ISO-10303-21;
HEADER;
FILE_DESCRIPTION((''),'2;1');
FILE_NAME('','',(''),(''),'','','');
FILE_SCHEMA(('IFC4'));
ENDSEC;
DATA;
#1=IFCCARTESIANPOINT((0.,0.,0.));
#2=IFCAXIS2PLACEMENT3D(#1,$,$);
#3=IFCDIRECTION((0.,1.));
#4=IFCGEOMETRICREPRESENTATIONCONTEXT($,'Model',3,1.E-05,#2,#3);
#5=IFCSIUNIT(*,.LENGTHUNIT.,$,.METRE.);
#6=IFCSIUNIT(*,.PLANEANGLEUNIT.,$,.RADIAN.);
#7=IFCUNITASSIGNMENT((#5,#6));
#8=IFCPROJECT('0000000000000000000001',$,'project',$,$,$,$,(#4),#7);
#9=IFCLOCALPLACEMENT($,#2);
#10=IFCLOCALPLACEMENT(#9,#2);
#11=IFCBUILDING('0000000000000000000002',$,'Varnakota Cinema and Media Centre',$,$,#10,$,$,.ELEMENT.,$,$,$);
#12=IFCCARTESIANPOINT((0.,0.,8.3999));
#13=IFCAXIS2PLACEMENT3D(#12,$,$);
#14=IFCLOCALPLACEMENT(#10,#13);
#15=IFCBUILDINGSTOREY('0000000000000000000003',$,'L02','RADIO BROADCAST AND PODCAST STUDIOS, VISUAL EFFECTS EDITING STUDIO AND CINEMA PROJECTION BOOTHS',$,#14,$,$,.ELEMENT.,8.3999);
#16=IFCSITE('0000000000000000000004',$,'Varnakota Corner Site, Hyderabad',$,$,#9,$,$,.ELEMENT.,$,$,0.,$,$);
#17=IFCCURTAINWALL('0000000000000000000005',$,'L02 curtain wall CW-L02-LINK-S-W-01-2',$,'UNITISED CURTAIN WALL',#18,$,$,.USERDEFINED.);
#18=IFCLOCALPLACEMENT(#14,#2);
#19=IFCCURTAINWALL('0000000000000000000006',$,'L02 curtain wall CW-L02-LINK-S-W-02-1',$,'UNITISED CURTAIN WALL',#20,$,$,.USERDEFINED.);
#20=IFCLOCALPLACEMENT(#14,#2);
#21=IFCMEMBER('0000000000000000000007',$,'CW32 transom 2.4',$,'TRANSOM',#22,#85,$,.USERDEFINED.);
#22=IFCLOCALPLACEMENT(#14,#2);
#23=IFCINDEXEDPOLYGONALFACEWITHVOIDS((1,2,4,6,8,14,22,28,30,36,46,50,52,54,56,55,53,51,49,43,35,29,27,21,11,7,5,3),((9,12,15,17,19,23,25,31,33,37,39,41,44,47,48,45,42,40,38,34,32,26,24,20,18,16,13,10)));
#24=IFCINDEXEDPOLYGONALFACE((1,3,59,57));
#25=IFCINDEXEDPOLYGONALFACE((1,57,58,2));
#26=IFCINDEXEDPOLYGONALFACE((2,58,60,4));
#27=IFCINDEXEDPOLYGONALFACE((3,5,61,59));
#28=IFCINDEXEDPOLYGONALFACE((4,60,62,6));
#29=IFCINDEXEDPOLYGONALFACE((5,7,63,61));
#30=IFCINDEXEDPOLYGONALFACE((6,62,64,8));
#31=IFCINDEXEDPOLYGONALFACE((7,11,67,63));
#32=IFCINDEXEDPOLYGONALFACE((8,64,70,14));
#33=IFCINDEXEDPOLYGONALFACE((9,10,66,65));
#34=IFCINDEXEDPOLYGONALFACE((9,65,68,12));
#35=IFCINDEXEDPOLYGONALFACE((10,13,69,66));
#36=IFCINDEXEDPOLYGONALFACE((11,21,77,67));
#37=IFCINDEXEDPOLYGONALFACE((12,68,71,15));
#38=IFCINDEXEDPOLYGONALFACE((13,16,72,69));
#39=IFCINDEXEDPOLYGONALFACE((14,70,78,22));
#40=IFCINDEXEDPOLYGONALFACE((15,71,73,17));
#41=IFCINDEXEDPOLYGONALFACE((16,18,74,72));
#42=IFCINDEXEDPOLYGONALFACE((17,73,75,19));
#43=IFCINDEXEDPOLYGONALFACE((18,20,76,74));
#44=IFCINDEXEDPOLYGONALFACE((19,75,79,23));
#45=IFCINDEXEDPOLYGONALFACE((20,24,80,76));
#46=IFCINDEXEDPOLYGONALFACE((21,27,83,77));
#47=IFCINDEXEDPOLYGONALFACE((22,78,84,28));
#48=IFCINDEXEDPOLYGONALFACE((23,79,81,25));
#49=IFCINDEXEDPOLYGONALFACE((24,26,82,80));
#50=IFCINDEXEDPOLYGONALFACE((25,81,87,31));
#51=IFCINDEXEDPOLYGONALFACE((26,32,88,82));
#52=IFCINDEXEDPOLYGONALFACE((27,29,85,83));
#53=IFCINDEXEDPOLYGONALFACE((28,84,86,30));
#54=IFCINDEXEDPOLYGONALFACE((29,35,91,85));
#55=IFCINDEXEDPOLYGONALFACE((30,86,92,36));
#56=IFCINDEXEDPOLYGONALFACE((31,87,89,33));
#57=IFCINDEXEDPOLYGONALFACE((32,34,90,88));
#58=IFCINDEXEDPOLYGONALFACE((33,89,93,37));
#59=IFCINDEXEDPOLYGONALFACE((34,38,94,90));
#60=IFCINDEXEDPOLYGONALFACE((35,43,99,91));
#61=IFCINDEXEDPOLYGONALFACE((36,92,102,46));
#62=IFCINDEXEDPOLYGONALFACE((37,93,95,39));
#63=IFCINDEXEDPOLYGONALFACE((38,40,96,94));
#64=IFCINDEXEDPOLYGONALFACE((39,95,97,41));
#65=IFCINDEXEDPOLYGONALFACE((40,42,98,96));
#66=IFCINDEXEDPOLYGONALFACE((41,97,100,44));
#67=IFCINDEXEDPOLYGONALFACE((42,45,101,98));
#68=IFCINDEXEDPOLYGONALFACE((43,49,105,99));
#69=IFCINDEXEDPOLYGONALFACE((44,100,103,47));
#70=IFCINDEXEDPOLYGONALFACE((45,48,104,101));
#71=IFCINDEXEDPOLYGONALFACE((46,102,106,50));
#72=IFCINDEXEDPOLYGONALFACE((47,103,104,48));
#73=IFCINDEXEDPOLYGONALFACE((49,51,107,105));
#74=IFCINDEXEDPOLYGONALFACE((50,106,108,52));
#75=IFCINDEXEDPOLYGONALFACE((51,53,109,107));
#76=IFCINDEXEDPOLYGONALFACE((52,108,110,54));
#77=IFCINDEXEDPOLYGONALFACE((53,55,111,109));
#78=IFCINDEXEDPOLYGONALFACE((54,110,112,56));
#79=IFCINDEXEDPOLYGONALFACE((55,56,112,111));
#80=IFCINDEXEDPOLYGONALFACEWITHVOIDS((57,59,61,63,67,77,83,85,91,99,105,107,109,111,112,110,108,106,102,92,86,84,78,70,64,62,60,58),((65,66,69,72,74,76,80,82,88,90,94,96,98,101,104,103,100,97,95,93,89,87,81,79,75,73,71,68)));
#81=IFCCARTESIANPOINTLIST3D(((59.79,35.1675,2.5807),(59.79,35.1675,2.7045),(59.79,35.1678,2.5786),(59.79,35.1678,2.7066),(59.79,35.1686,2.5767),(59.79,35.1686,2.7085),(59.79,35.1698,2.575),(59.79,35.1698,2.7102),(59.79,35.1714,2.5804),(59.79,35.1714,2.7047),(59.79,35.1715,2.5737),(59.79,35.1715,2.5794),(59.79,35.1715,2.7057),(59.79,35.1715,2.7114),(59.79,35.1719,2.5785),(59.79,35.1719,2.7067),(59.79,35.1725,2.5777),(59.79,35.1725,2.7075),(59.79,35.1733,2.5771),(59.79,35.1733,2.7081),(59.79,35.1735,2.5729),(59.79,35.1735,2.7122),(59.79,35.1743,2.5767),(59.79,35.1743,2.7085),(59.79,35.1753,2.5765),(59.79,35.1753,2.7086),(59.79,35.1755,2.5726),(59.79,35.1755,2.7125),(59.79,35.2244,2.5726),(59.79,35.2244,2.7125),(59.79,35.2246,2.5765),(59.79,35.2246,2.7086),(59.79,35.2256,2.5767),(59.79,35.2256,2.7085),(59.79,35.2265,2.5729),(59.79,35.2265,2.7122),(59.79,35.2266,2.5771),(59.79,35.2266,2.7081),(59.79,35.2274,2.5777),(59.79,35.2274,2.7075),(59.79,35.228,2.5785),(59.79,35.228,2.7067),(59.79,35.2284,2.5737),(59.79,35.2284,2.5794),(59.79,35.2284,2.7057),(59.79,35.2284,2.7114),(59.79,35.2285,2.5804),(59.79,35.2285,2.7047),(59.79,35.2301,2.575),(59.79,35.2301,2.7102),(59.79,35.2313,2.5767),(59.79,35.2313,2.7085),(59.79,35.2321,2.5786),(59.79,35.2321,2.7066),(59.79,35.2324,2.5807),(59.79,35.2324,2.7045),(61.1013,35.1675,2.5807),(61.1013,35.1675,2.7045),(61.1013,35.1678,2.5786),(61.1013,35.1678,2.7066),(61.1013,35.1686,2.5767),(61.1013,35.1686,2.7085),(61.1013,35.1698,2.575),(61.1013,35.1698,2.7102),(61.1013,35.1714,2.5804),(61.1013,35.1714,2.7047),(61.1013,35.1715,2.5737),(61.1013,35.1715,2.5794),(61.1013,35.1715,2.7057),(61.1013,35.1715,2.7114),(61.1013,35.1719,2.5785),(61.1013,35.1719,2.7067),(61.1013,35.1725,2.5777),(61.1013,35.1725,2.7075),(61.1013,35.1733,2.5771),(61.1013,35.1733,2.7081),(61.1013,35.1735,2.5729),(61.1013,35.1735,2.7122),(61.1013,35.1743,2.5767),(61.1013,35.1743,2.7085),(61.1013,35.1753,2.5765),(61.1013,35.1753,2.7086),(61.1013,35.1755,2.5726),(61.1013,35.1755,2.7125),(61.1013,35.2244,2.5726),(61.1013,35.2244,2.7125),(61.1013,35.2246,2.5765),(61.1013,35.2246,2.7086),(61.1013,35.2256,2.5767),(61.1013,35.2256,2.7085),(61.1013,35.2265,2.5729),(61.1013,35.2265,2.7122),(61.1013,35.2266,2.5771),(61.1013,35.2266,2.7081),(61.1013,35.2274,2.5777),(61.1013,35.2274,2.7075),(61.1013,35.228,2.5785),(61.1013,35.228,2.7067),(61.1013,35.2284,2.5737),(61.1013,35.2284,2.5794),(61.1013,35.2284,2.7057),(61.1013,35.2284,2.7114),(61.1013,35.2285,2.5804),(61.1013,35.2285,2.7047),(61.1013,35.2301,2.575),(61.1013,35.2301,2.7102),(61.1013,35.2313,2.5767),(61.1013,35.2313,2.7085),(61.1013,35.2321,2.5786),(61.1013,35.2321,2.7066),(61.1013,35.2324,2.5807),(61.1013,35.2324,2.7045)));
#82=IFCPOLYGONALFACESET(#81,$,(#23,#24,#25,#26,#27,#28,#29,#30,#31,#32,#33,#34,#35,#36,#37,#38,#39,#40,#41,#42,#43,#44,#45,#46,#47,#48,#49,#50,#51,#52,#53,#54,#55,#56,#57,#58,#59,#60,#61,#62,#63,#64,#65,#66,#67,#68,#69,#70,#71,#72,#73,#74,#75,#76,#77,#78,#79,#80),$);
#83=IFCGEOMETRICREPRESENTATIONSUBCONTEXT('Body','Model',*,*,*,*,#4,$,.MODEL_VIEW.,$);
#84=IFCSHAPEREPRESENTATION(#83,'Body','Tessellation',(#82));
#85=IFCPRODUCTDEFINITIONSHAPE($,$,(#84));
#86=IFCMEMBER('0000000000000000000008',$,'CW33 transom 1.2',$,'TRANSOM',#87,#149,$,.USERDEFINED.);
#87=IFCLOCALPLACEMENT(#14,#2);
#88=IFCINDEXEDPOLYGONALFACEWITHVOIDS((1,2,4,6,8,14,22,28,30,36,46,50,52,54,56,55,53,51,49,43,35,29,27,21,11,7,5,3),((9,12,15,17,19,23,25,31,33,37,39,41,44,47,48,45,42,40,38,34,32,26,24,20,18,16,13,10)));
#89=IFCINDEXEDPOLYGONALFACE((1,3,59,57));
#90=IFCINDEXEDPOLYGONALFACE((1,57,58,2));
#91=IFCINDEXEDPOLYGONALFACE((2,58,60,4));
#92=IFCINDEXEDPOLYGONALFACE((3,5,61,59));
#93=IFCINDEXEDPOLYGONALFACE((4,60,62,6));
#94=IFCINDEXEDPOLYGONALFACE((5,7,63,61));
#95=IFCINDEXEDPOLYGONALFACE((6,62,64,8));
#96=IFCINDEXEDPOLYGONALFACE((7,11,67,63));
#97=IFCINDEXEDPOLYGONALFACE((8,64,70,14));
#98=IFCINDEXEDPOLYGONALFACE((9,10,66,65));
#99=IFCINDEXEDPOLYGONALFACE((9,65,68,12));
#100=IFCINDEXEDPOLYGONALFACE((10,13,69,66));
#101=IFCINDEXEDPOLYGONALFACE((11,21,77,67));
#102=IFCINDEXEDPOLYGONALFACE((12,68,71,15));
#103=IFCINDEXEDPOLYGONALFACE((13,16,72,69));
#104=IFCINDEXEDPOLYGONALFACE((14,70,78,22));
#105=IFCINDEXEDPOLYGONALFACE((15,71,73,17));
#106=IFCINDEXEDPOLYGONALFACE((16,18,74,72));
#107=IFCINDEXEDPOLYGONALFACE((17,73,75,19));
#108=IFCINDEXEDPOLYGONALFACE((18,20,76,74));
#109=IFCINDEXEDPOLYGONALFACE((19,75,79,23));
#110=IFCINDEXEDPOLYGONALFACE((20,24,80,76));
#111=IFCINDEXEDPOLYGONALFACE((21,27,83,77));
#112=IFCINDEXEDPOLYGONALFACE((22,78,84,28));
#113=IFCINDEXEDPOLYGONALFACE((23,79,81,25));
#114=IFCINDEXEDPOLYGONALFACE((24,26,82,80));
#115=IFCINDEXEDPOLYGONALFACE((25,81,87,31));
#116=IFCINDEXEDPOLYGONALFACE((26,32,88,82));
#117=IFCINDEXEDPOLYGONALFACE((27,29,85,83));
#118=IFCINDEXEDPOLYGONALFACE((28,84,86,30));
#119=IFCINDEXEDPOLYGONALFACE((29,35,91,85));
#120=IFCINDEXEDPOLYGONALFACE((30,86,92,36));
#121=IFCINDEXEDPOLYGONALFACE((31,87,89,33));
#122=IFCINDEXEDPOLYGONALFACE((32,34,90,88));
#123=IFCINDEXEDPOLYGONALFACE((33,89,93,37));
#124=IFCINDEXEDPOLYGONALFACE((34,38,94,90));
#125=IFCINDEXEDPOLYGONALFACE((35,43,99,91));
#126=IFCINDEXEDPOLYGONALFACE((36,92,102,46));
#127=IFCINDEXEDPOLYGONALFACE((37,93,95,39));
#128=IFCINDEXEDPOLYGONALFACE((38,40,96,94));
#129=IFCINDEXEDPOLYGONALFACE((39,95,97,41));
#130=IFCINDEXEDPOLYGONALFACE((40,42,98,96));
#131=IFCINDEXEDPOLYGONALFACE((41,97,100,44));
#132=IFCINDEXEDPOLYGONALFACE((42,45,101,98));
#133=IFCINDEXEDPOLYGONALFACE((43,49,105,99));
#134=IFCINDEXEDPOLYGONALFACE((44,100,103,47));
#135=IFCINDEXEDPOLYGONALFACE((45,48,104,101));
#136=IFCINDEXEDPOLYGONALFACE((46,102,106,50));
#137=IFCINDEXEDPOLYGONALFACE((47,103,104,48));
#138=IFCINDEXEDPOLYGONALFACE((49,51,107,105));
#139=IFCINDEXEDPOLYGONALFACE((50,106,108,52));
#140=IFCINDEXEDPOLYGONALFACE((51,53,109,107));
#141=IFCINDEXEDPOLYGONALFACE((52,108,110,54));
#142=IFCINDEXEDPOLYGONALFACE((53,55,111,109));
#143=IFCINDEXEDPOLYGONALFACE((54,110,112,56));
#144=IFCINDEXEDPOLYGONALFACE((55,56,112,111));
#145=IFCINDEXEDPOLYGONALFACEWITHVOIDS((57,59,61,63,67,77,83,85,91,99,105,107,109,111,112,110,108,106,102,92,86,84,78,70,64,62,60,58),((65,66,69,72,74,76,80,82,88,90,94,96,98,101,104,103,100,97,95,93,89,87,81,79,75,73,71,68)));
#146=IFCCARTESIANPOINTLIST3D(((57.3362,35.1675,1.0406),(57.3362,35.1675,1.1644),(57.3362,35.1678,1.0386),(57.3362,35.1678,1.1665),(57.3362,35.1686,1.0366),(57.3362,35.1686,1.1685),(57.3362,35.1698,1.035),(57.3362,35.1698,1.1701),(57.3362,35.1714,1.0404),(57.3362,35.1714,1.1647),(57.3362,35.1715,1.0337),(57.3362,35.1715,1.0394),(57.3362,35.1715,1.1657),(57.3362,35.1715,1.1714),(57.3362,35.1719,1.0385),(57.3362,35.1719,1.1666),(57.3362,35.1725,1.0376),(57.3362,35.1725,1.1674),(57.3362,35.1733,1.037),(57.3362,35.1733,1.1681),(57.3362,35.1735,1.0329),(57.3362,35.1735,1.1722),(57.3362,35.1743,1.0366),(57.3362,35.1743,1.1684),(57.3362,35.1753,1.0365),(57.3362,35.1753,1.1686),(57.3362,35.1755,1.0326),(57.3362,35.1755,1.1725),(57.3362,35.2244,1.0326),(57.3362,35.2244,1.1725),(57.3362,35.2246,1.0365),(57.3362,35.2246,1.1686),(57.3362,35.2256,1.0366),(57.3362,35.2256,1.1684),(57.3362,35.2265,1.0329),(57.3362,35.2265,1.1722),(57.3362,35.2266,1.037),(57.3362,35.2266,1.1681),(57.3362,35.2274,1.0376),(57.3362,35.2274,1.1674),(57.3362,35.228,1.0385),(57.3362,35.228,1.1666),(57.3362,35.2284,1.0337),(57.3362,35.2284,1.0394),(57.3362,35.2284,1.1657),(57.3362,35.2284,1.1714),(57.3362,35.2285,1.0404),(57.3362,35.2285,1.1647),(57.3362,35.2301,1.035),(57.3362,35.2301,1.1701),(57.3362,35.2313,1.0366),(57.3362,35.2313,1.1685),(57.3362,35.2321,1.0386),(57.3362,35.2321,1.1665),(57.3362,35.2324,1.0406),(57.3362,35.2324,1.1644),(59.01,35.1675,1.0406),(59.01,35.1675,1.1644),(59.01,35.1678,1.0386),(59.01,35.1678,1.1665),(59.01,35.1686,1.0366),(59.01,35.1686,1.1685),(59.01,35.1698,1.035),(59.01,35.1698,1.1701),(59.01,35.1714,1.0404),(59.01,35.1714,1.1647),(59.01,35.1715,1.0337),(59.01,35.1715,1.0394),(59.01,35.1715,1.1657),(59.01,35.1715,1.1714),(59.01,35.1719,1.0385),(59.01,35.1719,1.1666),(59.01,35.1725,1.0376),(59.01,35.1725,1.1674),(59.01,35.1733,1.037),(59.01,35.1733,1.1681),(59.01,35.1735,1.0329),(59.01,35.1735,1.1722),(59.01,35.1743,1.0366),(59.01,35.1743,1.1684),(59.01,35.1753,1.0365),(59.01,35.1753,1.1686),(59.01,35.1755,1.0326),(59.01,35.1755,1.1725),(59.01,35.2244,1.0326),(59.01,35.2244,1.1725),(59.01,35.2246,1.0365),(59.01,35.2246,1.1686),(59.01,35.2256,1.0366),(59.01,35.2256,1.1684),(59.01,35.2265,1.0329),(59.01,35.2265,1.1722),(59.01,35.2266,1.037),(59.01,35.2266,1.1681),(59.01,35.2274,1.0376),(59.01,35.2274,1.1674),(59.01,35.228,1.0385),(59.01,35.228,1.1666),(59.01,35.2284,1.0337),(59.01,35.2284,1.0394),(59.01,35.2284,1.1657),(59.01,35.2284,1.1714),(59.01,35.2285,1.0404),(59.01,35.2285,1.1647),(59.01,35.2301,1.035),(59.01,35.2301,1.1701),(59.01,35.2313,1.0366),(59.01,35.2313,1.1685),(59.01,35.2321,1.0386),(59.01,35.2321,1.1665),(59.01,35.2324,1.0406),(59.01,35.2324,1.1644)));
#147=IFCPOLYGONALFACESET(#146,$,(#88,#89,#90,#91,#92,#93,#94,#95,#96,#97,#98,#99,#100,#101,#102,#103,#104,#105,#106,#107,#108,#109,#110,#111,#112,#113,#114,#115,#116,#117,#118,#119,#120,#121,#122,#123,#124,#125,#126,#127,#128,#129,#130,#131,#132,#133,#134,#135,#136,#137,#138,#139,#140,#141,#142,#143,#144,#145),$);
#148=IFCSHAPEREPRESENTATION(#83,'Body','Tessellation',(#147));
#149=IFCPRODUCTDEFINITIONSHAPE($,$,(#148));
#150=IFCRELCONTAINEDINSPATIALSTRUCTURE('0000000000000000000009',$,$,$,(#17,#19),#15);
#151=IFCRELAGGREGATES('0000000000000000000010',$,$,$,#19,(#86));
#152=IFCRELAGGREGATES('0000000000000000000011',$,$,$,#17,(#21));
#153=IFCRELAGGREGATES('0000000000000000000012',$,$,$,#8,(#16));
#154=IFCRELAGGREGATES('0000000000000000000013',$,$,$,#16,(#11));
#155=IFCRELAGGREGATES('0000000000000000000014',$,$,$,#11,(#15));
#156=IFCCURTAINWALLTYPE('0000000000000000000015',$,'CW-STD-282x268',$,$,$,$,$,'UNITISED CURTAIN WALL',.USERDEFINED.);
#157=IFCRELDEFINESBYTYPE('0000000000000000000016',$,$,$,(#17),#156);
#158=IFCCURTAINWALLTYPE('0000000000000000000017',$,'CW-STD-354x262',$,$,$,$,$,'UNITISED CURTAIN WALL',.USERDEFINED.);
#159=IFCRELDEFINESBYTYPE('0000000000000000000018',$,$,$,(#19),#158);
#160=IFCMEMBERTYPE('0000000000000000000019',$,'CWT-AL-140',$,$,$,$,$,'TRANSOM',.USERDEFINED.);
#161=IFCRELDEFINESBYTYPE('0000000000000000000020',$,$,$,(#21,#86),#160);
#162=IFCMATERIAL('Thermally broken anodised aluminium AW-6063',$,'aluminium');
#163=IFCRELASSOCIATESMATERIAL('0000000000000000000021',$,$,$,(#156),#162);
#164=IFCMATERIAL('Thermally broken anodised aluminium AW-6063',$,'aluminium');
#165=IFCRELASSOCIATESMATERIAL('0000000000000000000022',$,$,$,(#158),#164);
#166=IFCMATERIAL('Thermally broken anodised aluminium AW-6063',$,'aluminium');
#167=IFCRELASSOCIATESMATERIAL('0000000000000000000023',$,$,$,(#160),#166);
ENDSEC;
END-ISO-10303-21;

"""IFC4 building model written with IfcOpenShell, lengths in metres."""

from ifc_helpers import new_model, si_unit, direction, frame, origin, origin_2d, place, context, subcontext, project, spatial, hollow_rectangle, extrude, material, material_profile, profile_set, type_object, element, aggregate, save


model = new_model("IFC4")

# Units and contexts
model_context = context("Model", 3, precision=1e-05, world=origin(), true_north=direction((0.0, 1.0)))
body_context = subcontext(model_context, "Body", "Model", "MODEL_VIEW")
ifc_project = project(units=[si_unit("LENGTHUNIT", "METRE"), si_unit("PLANEANGLEUNIT", "RADIAN")], contexts=[model_context])

# Site, building, storey
site_placement = place(None, origin())
site = spatial("IfcSite", under=ifc_project, at=site_placement, Name="Varnakota Corner Site, Hyderabad", CompositionType="ELEMENT", RefElevation=0.0)
building_placement = place(site_placement, origin())
building = spatial("IfcBuilding", under=site, at=building_placement, Name="Varnakota Cinema and Media Centre", CompositionType="ELEMENT")
storey_placement = place(building_placement, frame((0.0, 0.0, 8.3999)))
storey = spatial("IfcBuildingStorey", under=building, at=storey_placement, Name="L02", Description="RADIO BROADCAST AND PODCAST STUDIOS, VISUAL EFFECTS EDITING STUDIO AND CINEMA PROJECTION BOOTHS", CompositionType="ELEMENT", Elevation=8.3999)

# Shared definitions
ifc_material_1 = material(Name="Thermally broken anodised aluminium AW-6063", Category="aluminium")
curtain_wall_type_1 = type_object("IfcCurtainWallType", Name="CW-STD-282x268", ElementType="UNITISED CURTAIN WALL", PredefinedType="USERDEFINED", material=ifc_material_1)

# Curtain wall
curtain_wall_1_placement = place(storey_placement, origin())
curtain_wall_1 = element("IfcCurtainWall", 1, at=curtain_wall_1_placement, inside=storey, type_object=curtain_wall_type_1, Name="L02 curtain wall CW-L02-LINK-S-W-01-2", ObjectType="UNITISED CURTAIN WALL", PredefinedType="USERDEFINED")

# Curtain wall
ifc_material_2 = material(Name="Thermally broken anodised aluminium AW-6063", Category="aluminium")
curtain_wall_type_2 = type_object("IfcCurtainWallType", Name="CW-STD-354x262", ElementType="UNITISED CURTAIN WALL", PredefinedType="USERDEFINED", material=ifc_material_2)
curtain_wall_2_placement = place(storey_placement, origin())
curtain_wall_2 = element("IfcCurtainWall", 2, at=curtain_wall_2_placement, inside=storey, type_object=curtain_wall_type_2, Name="L02 curtain wall CW-L02-LINK-S-W-02-1", ObjectType="UNITISED CURTAIN WALL", PredefinedType="USERDEFINED")

# Members
ifc_material_3 = material(Name="Thermally broken anodised aluminium AW-6063", Category="aluminium")
ifc_material_profile_1 = material_profile(ifc_material_3, hollow_rectangle(XDim=0.0649, YDim=0.1399, WallThickness=0.0039, InnerFilletRadius=0.0039, OuterFilletRadius=0.0081, at=origin_2d()), Name="AL-TRANSOM 140x65x4")
ifc_profile_set_1 = profile_set([ifc_material_profile_1], Name="Thermally broken anodised aluminium AW-6063")
member_type_1 = type_object("IfcMemberType", Name="CWT-AL-140", ElementType="TRANSOM", PredefinedType="USERDEFINED", material=ifc_profile_set_1)
member_1_placement = place(storey_placement, frame((61.1013, 35.2, 2.6426), z_axis=(-1.0, 0.0, 0.0), x_axis=(0.0, -1.0, 0.0)))
member_1 = element("IfcMember", 3, at=member_1_placement, type_object=member_type_1, Name="CW32 transom 2.4", ObjectType="TRANSOM", PredefinedType="USERDEFINED", context=body_context, shape_type="SweptSolid", body=[
    extrude(hollow_rectangle(XDim=0.0649, YDim=0.1399, WallThickness=0.0039, InnerFilletRadius=0.0039, OuterFilletRadius=0.0081, at=origin_2d()), origin(), (0.0, 0.0, 1.0), 1.3113),
])
member_2_placement = place(storey_placement, frame((59.01, 35.2, 1.1025), z_axis=(-1.0, 0.0, 0.0), x_axis=(0.0, -1.0, 0.0)))
member_2 = element("IfcMember", 4, at=member_2_placement, type_object=member_type_1, Name="CW33 transom 1.2", ObjectType="TRANSOM", PredefinedType="USERDEFINED", context=body_context, shape_type="SweptSolid", body=[
    extrude(hollow_rectangle(XDim=0.0649, YDim=0.1399, WallThickness=0.0039, InnerFilletRadius=0.0039, OuterFilletRadius=0.0081, at=origin_2d()), origin(), (0.0, 0.0, 1.0), 1.6738),
])
aggregate(curtain_wall_2, [member_2])

aggregate(curtain_wall_1, [member_1])

save(model, "model.ifc")
